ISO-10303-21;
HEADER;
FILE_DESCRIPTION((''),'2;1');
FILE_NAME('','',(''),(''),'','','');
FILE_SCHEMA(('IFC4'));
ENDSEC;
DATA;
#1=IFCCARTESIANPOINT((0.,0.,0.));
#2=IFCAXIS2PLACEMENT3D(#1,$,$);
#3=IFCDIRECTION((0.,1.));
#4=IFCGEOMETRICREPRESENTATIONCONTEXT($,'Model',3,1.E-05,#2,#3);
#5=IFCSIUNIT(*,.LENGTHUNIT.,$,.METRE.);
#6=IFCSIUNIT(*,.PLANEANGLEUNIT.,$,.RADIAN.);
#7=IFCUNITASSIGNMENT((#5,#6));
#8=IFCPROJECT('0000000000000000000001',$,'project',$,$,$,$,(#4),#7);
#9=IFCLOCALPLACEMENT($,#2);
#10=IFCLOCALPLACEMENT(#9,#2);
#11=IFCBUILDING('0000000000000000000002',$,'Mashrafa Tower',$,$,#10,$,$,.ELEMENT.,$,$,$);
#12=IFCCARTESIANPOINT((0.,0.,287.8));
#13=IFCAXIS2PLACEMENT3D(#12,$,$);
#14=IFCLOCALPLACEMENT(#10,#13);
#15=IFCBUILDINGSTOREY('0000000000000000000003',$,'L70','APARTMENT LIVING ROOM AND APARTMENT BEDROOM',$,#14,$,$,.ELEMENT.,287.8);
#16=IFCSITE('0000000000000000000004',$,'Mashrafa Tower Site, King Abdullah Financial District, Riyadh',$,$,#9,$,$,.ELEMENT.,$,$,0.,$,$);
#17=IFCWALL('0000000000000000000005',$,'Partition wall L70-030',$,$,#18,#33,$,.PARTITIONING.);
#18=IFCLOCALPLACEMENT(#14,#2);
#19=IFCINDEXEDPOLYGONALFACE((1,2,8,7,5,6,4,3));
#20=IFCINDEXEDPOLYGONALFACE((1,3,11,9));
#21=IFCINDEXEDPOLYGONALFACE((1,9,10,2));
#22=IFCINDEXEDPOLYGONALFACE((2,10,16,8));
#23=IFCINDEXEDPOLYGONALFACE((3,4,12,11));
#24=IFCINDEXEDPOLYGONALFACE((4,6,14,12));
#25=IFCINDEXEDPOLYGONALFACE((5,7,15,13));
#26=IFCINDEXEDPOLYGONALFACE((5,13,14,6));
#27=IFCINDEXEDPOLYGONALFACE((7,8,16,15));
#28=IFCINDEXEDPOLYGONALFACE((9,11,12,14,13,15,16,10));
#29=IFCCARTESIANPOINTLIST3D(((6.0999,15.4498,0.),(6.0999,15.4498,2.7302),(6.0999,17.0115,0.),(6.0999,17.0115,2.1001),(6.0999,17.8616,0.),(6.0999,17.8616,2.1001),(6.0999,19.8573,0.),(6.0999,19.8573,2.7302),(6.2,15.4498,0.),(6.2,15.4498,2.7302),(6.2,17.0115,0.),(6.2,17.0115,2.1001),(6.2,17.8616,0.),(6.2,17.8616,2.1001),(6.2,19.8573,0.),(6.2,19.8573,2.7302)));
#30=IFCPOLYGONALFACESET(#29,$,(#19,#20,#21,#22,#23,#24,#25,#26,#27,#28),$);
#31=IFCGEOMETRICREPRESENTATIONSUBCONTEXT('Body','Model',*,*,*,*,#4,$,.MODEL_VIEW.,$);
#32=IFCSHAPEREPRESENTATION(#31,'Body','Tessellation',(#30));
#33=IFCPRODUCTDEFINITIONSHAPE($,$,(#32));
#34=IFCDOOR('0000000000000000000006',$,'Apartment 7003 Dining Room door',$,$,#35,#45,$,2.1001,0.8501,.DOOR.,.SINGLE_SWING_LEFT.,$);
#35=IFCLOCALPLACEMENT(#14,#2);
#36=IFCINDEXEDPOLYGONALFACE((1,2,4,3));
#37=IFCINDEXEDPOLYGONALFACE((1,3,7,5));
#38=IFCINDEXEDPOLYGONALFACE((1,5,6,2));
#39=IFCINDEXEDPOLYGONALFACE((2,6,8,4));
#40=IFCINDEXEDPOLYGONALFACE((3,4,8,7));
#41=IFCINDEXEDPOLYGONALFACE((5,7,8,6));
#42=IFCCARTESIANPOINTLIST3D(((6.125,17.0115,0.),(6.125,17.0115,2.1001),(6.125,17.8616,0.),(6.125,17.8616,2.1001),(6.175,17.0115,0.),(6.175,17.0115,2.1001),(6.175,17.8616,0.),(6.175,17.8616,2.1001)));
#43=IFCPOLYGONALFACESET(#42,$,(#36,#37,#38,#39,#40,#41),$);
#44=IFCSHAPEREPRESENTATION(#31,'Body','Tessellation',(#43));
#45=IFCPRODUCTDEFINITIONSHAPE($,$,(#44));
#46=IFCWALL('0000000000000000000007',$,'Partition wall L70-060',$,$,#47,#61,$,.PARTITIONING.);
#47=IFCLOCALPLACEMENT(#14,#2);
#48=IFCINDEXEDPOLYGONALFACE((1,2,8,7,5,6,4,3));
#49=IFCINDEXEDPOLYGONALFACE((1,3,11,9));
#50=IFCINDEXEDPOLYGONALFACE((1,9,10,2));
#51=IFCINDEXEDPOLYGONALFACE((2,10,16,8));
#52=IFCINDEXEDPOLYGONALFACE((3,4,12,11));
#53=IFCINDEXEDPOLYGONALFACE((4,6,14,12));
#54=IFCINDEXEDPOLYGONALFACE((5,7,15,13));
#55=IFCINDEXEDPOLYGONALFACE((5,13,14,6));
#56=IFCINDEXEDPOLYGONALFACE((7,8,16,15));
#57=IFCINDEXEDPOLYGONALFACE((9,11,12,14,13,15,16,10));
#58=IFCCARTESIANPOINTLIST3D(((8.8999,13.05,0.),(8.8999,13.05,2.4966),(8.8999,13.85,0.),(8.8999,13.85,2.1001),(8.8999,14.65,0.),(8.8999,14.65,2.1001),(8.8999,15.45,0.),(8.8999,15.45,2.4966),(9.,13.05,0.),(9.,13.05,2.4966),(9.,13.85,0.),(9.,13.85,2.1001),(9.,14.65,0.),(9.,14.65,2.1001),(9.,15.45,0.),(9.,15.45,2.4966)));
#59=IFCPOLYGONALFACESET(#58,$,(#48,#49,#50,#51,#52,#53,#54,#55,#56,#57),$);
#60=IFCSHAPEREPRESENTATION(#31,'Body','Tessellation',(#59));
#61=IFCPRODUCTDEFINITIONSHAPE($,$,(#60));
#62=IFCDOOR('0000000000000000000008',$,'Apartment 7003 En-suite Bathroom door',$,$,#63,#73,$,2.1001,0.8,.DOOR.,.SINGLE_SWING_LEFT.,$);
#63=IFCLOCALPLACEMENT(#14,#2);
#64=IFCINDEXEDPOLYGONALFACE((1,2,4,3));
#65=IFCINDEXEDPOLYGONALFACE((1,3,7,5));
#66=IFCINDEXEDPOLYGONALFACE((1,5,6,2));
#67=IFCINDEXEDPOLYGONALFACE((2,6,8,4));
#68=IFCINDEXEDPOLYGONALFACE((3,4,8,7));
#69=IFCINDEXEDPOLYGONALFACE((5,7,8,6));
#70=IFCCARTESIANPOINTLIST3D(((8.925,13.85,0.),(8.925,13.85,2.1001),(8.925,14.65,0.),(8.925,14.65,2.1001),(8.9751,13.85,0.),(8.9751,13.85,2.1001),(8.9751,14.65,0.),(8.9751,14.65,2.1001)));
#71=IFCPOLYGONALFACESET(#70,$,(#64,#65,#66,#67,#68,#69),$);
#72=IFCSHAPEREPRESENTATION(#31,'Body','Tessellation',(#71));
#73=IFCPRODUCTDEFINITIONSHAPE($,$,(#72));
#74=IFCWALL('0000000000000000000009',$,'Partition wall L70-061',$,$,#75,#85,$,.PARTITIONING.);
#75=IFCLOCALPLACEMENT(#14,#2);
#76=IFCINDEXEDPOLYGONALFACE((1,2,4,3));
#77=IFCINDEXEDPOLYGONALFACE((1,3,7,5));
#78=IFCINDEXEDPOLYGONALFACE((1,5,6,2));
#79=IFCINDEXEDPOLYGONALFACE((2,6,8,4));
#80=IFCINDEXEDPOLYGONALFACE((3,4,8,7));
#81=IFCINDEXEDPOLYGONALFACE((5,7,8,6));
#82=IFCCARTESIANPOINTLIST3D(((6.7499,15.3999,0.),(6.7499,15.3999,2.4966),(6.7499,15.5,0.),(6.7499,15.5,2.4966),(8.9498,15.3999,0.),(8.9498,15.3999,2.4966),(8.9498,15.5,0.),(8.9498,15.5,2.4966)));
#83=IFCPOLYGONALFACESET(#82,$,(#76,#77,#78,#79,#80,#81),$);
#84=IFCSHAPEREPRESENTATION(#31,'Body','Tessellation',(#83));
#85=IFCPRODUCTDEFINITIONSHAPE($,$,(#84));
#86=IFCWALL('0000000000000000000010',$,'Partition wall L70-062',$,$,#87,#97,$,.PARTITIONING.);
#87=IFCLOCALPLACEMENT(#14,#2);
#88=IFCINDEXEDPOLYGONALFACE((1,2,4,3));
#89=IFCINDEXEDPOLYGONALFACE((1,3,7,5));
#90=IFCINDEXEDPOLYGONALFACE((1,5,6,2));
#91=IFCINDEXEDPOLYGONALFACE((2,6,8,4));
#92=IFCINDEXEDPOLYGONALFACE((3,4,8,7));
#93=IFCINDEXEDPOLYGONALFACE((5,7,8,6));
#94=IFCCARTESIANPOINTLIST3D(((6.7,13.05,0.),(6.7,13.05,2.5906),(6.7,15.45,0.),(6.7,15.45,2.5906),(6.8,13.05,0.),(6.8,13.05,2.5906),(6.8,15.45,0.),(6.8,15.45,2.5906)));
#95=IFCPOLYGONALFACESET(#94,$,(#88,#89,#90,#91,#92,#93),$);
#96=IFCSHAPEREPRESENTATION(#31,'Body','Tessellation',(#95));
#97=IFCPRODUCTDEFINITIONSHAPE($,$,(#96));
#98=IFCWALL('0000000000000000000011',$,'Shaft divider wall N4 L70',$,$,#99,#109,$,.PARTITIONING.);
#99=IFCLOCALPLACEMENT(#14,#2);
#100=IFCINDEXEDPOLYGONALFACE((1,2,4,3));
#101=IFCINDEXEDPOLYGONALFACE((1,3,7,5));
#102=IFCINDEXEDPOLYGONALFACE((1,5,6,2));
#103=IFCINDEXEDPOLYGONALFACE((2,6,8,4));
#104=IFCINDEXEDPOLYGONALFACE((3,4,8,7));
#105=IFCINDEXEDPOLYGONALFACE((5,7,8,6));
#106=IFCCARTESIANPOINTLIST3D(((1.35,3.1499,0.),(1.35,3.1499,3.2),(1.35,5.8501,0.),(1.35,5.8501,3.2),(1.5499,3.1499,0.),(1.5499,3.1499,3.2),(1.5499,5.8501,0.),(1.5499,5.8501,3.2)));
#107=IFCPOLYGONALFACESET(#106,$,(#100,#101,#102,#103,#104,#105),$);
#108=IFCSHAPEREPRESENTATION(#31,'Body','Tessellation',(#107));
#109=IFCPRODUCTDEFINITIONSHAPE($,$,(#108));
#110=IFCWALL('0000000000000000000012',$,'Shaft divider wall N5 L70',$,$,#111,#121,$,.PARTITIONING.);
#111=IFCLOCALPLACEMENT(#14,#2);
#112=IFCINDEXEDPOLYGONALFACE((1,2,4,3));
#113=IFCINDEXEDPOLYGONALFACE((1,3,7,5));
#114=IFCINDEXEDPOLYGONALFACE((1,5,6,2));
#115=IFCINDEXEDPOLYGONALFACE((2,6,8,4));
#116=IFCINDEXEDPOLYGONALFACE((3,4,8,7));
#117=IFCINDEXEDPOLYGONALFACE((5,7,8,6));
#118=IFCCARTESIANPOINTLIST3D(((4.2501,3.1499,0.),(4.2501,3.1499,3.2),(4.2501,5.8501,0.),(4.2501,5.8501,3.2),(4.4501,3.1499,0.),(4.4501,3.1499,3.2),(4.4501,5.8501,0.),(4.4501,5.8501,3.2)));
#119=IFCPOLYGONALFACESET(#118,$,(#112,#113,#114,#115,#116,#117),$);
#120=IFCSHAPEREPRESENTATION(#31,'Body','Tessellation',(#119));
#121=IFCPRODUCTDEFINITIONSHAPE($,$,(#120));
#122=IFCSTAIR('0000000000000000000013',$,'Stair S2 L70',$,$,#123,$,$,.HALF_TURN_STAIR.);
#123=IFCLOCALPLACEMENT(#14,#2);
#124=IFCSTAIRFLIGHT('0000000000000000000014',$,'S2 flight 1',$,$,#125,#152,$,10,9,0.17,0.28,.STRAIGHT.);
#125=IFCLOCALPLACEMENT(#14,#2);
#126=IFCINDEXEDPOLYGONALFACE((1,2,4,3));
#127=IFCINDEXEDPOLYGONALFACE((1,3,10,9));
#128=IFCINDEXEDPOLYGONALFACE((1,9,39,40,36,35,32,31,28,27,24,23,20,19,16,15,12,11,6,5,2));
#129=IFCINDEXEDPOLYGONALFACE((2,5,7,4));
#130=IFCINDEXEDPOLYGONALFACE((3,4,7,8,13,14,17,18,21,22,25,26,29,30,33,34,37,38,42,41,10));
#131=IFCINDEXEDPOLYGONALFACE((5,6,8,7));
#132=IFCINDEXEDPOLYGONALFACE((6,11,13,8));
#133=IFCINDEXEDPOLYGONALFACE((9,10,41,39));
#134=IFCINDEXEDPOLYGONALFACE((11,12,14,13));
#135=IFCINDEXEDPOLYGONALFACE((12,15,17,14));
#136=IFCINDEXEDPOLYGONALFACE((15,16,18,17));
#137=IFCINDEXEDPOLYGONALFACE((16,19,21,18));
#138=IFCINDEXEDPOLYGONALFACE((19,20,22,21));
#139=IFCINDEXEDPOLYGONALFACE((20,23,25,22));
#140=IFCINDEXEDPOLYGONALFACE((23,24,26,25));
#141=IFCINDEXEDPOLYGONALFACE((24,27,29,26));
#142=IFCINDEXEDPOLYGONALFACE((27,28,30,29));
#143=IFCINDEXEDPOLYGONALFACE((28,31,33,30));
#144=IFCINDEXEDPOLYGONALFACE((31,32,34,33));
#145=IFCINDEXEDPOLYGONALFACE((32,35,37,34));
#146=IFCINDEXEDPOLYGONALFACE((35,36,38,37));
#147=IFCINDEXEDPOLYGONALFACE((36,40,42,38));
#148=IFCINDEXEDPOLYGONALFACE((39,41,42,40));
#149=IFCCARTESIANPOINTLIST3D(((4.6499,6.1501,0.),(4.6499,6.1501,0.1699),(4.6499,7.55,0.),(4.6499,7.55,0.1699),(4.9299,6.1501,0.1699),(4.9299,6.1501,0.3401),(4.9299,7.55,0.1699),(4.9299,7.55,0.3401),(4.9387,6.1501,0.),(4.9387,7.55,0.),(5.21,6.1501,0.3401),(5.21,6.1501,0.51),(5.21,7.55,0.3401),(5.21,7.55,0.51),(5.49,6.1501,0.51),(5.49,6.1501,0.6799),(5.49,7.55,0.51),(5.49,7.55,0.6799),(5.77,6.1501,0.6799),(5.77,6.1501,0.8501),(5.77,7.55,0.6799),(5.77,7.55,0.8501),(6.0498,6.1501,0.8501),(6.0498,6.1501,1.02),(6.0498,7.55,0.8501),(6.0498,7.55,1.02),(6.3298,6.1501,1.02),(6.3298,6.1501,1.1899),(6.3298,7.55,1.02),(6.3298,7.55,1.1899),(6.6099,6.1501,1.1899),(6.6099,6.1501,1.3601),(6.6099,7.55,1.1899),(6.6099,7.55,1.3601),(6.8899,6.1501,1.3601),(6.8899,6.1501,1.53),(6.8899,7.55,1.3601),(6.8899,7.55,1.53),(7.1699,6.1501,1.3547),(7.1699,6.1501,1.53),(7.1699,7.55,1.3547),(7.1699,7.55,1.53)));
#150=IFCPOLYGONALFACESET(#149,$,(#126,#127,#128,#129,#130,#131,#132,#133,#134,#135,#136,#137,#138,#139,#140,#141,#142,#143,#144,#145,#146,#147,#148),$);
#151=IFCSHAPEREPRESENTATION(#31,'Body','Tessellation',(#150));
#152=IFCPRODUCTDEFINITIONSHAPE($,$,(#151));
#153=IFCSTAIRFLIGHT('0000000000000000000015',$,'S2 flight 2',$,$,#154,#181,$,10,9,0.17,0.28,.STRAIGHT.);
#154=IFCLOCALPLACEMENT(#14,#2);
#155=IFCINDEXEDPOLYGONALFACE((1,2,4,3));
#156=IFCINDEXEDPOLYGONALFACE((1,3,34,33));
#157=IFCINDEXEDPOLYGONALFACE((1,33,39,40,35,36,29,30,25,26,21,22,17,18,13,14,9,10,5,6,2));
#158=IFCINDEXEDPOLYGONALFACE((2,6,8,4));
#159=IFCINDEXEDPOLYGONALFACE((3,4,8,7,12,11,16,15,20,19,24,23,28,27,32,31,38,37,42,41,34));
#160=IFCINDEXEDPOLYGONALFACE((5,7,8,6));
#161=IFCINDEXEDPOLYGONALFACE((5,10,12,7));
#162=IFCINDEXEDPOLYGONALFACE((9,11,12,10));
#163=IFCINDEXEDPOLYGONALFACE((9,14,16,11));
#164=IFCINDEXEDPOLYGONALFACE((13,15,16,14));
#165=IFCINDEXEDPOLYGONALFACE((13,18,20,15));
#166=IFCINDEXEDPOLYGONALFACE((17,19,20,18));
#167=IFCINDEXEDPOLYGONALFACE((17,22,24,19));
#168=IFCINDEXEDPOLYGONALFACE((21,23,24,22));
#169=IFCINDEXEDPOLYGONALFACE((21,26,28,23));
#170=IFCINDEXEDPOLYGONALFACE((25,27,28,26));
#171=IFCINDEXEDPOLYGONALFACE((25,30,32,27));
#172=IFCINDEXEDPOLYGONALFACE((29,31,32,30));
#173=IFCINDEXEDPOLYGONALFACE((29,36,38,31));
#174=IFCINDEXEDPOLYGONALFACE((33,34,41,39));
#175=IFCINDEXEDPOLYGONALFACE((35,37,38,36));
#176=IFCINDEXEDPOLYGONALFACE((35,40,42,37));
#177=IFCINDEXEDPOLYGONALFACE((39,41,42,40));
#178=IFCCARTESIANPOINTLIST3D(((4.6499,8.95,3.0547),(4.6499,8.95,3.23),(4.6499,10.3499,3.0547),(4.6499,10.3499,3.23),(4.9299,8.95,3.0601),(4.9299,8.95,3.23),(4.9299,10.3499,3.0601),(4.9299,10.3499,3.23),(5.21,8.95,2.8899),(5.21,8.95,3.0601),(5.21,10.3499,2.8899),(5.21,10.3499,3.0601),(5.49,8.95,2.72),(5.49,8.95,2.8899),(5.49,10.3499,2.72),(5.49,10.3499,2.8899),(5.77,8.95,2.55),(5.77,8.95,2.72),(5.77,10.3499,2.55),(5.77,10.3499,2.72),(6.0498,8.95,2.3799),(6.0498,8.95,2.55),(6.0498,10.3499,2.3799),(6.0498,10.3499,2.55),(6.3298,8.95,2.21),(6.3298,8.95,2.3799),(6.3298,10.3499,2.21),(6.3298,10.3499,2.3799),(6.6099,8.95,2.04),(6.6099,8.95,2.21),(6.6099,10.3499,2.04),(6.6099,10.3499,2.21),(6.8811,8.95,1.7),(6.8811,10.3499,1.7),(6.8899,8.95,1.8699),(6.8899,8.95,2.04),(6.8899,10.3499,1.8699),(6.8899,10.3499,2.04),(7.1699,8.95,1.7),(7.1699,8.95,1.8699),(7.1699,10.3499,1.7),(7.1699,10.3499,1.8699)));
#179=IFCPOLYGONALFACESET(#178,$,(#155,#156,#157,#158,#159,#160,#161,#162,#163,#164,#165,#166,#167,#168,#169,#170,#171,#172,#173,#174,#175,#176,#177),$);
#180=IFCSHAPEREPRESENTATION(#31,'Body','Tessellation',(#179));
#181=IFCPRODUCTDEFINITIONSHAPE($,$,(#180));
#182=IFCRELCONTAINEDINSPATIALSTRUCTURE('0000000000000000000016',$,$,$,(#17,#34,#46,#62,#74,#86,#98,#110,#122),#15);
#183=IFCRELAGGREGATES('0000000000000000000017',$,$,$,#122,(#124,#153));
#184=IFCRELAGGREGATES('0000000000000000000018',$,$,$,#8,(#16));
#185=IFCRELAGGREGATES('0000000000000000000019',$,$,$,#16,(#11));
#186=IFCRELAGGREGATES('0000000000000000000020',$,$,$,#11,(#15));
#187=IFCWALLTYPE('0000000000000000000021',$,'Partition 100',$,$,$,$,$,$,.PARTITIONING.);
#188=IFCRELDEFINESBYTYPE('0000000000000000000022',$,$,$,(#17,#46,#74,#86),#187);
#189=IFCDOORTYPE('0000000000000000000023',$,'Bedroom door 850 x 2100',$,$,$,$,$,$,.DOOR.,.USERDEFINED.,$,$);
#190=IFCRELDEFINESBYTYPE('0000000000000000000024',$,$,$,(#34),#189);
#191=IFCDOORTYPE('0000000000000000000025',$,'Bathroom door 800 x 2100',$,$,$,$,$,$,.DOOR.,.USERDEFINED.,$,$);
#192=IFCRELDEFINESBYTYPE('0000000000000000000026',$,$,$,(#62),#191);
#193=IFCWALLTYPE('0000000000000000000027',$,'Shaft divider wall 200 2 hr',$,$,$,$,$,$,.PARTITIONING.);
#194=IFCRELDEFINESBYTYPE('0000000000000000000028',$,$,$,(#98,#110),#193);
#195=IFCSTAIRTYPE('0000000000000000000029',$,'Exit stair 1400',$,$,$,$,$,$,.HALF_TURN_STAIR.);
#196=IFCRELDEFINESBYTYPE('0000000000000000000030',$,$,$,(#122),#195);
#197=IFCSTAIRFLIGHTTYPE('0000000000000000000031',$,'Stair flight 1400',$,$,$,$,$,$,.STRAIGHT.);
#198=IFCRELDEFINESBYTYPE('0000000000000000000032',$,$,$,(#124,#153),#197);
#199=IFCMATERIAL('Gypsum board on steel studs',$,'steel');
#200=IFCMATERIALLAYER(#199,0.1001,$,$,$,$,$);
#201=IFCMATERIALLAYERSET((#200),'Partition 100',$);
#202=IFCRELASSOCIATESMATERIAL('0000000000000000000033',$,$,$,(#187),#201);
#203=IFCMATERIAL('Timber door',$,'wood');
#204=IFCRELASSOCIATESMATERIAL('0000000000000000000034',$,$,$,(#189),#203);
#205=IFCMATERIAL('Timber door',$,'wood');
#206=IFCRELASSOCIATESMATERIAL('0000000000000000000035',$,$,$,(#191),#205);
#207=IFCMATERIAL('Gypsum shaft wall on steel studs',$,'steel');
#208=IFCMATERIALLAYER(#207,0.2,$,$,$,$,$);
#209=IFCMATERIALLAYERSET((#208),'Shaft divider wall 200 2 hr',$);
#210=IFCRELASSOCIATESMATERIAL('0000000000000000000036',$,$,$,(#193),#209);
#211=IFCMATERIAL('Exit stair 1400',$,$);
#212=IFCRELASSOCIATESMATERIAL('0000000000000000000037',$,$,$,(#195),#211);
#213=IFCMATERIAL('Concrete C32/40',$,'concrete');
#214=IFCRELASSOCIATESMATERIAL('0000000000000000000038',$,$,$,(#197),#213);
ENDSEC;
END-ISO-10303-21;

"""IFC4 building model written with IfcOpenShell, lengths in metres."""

from ifc_helpers import new_model, si_unit, direction, frame, frame_2d, origin, place, context, subcontext, project, spatial, polyline, rectangle, outline, extrude, material, layer, layer_set, type_object, element, fill, aggregate, save


model = new_model("IFC4")

# Units and contexts
model_context = context("Model", 3, precision=1e-05, world=origin(), true_north=direction((0.0, 1.0)))
body_context = subcontext(model_context, "Body", "Model", "MODEL_VIEW")
ifc_project = project(units=[si_unit("LENGTHUNIT", "METRE"), si_unit("PLANEANGLEUNIT", "RADIAN")], contexts=[model_context])

# Site, building, storey
site_placement = place(None, origin())
site = spatial("IfcSite", under=ifc_project, at=site_placement, Name="Mashrafa Tower Site, King Abdullah Financial District, Riyadh", CompositionType="ELEMENT", RefElevation=0.0)
building_placement = place(site_placement, origin())
building = spatial("IfcBuilding", under=site, at=building_placement, Name="Mashrafa Tower", CompositionType="ELEMENT")
storey_placement = place(building_placement, frame((0.0, 0.0, 287.8)))
storey = spatial("IfcBuildingStorey", under=building, at=storey_placement, Name="L70", Description="APARTMENT LIVING ROOM AND APARTMENT BEDROOM", CompositionType="ELEMENT", Elevation=287.8)

# Shared definitions
ifc_material_1 = material(Name="Gypsum board on steel studs", Category="steel")
ifc_layer_1 = layer(ifc_material_1, 0.1001)
ifc_layer_set_1 = layer_set([ifc_layer_1], Name="Partition 100")
wall_type_1 = type_object("IfcWallType", Name="Partition 100", PredefinedType="PARTITIONING", material=ifc_layer_set_1)

# Walls, openings, doors
wall_1_placement = place(storey_placement, frame((6.1499, 15.45, 0.0), z_axis=(0.0, 0.0, 1.0), x_axis=(0.0, 1.0, 0.0)))
wall_1 = element("IfcWall", 1, at=wall_1_placement, inside=storey, type_object=wall_type_1, Name="Partition wall L70-030", PredefinedType="PARTITIONING", context=body_context, shape_type="SweptSolid", body=[
    extrude(rectangle(XDim=4.4075, YDim=0.1001, at=frame_2d((2.2036, 0.0))), origin(), (0.0, 0.0, 1.0), 2.7302),
])
opening_1_placement = place(wall_1_placement, frame((1.5615, 0.0, 0.0)))
opening_1 = element("IfcOpeningElement", 2, at=opening_1_placement, cuts=wall_1, PredefinedType="OPENING", context=body_context, shape_type="SweptSolid", body=[
    extrude(rectangle(XDim=0.8501, YDim=2.1001, at=frame_2d((0.425, 1.05))), frame((0.0, 0.0601, 0.0), z_axis=(0.0, -1.0, 0.0), x_axis=(1.0, 0.0, 0.0)), (0.0, 0.0, 1.0), 0.1201),
])
ifc_material_2 = material(Name="Timber door", Category="wood")
door_type_1 = type_object("IfcDoorType", Name="Bedroom door 850 x 2100", OperationType="USERDEFINED", PredefinedType="DOOR", material=ifc_material_2)
door_1_placement = place(opening_1_placement, origin())
door_1 = element("IfcDoor", 3, at=door_1_placement, inside=storey, type_object=door_type_1, Name="Apartment 7003 Dining Room door", OperationType="SINGLE_SWING_LEFT", OverallHeight=2.1001, OverallWidth=0.8501, PredefinedType="DOOR", context=body_context, shape_type="SweptSolid", body=[
    extrude(rectangle(XDim=0.8501, YDim=2.1001, at=frame_2d((0.425, 1.05))), frame((0.0, 0.0249, 0.0), z_axis=(0.0, -1.0, 0.0), x_axis=(1.0, 0.0, 0.0)), (0.0, 0.0, 1.0), 0.05),
])
fill(opening_1, door_1)
wall_2_placement = place(storey_placement, frame((8.95, 13.05, 0.0), z_axis=(0.0, 0.0, 1.0), x_axis=(0.0, 1.0, 0.0)))
wall_2 = element("IfcWall", 4, at=wall_2_placement, inside=storey, type_object=wall_type_1, Name="Partition wall L70-060", PredefinedType="PARTITIONING", context=body_context, shape_type="SweptSolid", body=[
    extrude(rectangle(XDim=2.3999, YDim=0.1001, at=frame_2d((1.2, 0.0))), origin(), (0.0, 0.0, 1.0), 2.4966),
])
opening_2_placement = place(wall_2_placement, frame((0.8, 0.0, 0.0)))
opening_2 = element("IfcOpeningElement", 5, at=opening_2_placement, cuts=wall_2, PredefinedType="OPENING", context=body_context, shape_type="SweptSolid", body=[
    extrude(rectangle(XDim=0.8, YDim=2.1001, at=frame_2d((0.3999, 1.05))), frame((0.0, 0.0601, 0.0), z_axis=(0.0, -1.0, 0.0), x_axis=(1.0, 0.0, 0.0)), (0.0, 0.0, 1.0), 0.1201),
])
ifc_material_3 = material(Name="Timber door", Category="wood")
door_type_2 = type_object("IfcDoorType", Name="Bathroom door 800 x 2100", OperationType="USERDEFINED", PredefinedType="DOOR", material=ifc_material_3)
door_2_placement = place(opening_2_placement, origin())
door_2 = element("IfcDoor", 6, at=door_2_placement, inside=storey, type_object=door_type_2, Name="Apartment 7003 En-suite Bathroom door", OperationType="SINGLE_SWING_LEFT", OverallHeight=2.1001, OverallWidth=0.8, PredefinedType="DOOR", context=body_context, shape_type="SweptSolid", body=[
    extrude(rectangle(XDim=0.8, YDim=2.1001, at=frame_2d((0.3999, 1.05))), frame((0.0, 0.0249, 0.0), z_axis=(0.0, -1.0, 0.0), x_axis=(1.0, 0.0, 0.0)), (0.0, 0.0, 1.0), 0.05),
])
fill(opening_2, door_2)

# Walls
wall_3_placement = place(storey_placement, frame((8.95, 15.45, 0.0), z_axis=(0.0, 0.0, 1.0), x_axis=(-1.0, 0.0, 0.0)))
element("IfcWall", 7, at=wall_3_placement, inside=storey, type_object=wall_type_1, Name="Partition wall L70-061", PredefinedType="PARTITIONING", context=body_context, shape_type="SweptSolid", body=[
    extrude(rectangle(XDim=2.2, YDim=0.1001, at=frame_2d((1.1001, 0.0))), origin(), (0.0, 0.0, 1.0), 2.4966),
])
wall_4_placement = place(storey_placement, frame((6.75, 15.45, 0.0), z_axis=(0.0, 0.0, 1.0), x_axis=(0.0, -1.0, 0.0)))
element("IfcWall", 8, at=wall_4_placement, inside=storey, type_object=wall_type_1, Name="Partition wall L70-062", PredefinedType="PARTITIONING", context=body_context, shape_type="SweptSolid", body=[
    extrude(rectangle(XDim=2.3999, YDim=0.1001, at=frame_2d((1.2, 0.0))), origin(), (0.0, 0.0, 1.0), 2.5906),
])
ifc_material_4 = material(Name="Gypsum shaft wall on steel studs", Category="steel")
ifc_layer_2 = layer(ifc_material_4, 0.2)
ifc_layer_set_2 = layer_set([ifc_layer_2], Name="Shaft divider wall 200 2 hr")
wall_type_2 = type_object("IfcWallType", Name="Shaft divider wall 200 2 hr", PredefinedType="PARTITIONING", material=ifc_layer_set_2)
for number, where, z_axis, x_axis, name in (
    (9, (1.45, 3.1499, 0.0), (0.0, 0.0, 1.0), (0.0, 1.0, 0.0), "Shaft divider wall N4 L70"),
    (10, (4.3501, 3.1499, 0.0), (0.0, 0.0, 1.0), (0.0, 1.0, 0.0), "Shaft divider wall N5 L70"),
):
    element("IfcWall", number, at=place(storey_placement, frame(where, z_axis=z_axis, x_axis=x_axis)), inside=storey, type_object=wall_type_2, Name=name, PredefinedType="PARTITIONING", context=body_context, shape_type="SweptSolid", body=[
        extrude(rectangle(XDim=2.7002, YDim=0.2, at=frame_2d((1.3501, 0.0))), origin(), (0.0, 0.0, 1.0), 3.2),
    ])

# Stair, stair flights
ifc_material_5 = material(Name="Exit stair 1400")
stair_type = type_object("IfcStairType", Name="Exit stair 1400", PredefinedType="HALF_TURN_STAIR", material=ifc_material_5)
stair_placement = place(storey_placement, origin())
stair = element("IfcStair", 11, at=stair_placement, inside=storey, type_object=stair_type, Name="Stair S2 L70", PredefinedType="HALF_TURN_STAIR")
ifc_material_6 = material(Name="Concrete C32/40", Category="concrete")
stair_flight_type = type_object("IfcStairFlightType", Name="Stair flight 1400", PredefinedType="STRAIGHT", material=ifc_material_6)
stair_flight_1_placement = place(storey_placement, frame((4.6499, 6.8501, 0.0), z_axis=(0.0, 0.0, 1.0), x_axis=(1.0, 0.0, 0.0)))
stair_flight_1 = element("IfcStairFlight", 12, at=stair_flight_1_placement, type_object=stair_flight_type, Name="S2 flight 1", NumberOfRisers=10, NumberOfTreads=9, PredefinedType="STRAIGHT", RiserHeight=0.17, TreadLength=0.28, context=body_context, shape_type="SweptSolid", body=[
    extrude(outline(polyline([(0.0, 0.0), (0.0, 0.1699), (0.28, 0.1699), (0.28, 0.3401), (0.5601, 0.3401), (0.5601, 0.51), (0.8401, 0.51), (0.8401, 0.6799), (1.1201, 0.6799), (1.1201, 0.8501), (1.3999, 0.8501), (1.3999, 1.02), (1.6799, 1.02), (1.6799, 1.1899), (1.96, 1.1899), (1.96, 1.3601), (2.24, 1.3601), (2.24, 1.53), (2.52, 1.53), (2.52, 1.7), (2.52, 1.3547), (0.2888, 0.0), (0.0, 0.0)])), frame((0.0, 0.7, 0.0), z_axis=(0.0, -1.0, 0.0), x_axis=(1.0, 0.0, 0.0)), (0.0, 0.0, 1.0), 1.3999),
])
stair_flight_2_placement = place(storey_placement, frame((7.1699, 9.6499, 1.7), z_axis=(0.0, 0.0, 1.0), x_axis=(-1.0, 0.0, 0.0)))
stair_flight_2 = element("IfcStairFlight", 13, at=stair_flight_2_placement, type_object=stair_flight_type, Name="S2 flight 2", NumberOfRisers=10, NumberOfTreads=9, PredefinedType="STRAIGHT", RiserHeight=0.17, TreadLength=0.28, context=body_context, shape_type="SweptSolid", body=[
    extrude(outline(polyline([(0.0, 0.0), (0.0, 0.1699), (0.28, 0.1699), (0.28, 0.3401), (0.5601, 0.3401), (0.5601, 0.51), (0.8401, 0.51), (0.8401, 0.6799), (1.1201, 0.6799), (1.1201, 0.8501), (1.3999, 0.8501), (1.3999, 1.02), (1.6799, 1.02), (1.6799, 1.1899), (1.96, 1.1899), (1.96, 1.3601), (2.24, 1.3601), (2.24, 1.53), (2.52, 1.53), (2.52, 1.7), (2.52, 1.3547), (0.2888, 0.0), (0.0, 0.0)])), frame((0.0, 0.7, 0.0), z_axis=(0.0, -1.0, 0.0), x_axis=(1.0, 0.0, 0.0)), (0.0, 0.0, 1.0), 1.3999),
])
aggregate(stair, [stair_flight_1, stair_flight_2])

save(model, "model.ifc")
